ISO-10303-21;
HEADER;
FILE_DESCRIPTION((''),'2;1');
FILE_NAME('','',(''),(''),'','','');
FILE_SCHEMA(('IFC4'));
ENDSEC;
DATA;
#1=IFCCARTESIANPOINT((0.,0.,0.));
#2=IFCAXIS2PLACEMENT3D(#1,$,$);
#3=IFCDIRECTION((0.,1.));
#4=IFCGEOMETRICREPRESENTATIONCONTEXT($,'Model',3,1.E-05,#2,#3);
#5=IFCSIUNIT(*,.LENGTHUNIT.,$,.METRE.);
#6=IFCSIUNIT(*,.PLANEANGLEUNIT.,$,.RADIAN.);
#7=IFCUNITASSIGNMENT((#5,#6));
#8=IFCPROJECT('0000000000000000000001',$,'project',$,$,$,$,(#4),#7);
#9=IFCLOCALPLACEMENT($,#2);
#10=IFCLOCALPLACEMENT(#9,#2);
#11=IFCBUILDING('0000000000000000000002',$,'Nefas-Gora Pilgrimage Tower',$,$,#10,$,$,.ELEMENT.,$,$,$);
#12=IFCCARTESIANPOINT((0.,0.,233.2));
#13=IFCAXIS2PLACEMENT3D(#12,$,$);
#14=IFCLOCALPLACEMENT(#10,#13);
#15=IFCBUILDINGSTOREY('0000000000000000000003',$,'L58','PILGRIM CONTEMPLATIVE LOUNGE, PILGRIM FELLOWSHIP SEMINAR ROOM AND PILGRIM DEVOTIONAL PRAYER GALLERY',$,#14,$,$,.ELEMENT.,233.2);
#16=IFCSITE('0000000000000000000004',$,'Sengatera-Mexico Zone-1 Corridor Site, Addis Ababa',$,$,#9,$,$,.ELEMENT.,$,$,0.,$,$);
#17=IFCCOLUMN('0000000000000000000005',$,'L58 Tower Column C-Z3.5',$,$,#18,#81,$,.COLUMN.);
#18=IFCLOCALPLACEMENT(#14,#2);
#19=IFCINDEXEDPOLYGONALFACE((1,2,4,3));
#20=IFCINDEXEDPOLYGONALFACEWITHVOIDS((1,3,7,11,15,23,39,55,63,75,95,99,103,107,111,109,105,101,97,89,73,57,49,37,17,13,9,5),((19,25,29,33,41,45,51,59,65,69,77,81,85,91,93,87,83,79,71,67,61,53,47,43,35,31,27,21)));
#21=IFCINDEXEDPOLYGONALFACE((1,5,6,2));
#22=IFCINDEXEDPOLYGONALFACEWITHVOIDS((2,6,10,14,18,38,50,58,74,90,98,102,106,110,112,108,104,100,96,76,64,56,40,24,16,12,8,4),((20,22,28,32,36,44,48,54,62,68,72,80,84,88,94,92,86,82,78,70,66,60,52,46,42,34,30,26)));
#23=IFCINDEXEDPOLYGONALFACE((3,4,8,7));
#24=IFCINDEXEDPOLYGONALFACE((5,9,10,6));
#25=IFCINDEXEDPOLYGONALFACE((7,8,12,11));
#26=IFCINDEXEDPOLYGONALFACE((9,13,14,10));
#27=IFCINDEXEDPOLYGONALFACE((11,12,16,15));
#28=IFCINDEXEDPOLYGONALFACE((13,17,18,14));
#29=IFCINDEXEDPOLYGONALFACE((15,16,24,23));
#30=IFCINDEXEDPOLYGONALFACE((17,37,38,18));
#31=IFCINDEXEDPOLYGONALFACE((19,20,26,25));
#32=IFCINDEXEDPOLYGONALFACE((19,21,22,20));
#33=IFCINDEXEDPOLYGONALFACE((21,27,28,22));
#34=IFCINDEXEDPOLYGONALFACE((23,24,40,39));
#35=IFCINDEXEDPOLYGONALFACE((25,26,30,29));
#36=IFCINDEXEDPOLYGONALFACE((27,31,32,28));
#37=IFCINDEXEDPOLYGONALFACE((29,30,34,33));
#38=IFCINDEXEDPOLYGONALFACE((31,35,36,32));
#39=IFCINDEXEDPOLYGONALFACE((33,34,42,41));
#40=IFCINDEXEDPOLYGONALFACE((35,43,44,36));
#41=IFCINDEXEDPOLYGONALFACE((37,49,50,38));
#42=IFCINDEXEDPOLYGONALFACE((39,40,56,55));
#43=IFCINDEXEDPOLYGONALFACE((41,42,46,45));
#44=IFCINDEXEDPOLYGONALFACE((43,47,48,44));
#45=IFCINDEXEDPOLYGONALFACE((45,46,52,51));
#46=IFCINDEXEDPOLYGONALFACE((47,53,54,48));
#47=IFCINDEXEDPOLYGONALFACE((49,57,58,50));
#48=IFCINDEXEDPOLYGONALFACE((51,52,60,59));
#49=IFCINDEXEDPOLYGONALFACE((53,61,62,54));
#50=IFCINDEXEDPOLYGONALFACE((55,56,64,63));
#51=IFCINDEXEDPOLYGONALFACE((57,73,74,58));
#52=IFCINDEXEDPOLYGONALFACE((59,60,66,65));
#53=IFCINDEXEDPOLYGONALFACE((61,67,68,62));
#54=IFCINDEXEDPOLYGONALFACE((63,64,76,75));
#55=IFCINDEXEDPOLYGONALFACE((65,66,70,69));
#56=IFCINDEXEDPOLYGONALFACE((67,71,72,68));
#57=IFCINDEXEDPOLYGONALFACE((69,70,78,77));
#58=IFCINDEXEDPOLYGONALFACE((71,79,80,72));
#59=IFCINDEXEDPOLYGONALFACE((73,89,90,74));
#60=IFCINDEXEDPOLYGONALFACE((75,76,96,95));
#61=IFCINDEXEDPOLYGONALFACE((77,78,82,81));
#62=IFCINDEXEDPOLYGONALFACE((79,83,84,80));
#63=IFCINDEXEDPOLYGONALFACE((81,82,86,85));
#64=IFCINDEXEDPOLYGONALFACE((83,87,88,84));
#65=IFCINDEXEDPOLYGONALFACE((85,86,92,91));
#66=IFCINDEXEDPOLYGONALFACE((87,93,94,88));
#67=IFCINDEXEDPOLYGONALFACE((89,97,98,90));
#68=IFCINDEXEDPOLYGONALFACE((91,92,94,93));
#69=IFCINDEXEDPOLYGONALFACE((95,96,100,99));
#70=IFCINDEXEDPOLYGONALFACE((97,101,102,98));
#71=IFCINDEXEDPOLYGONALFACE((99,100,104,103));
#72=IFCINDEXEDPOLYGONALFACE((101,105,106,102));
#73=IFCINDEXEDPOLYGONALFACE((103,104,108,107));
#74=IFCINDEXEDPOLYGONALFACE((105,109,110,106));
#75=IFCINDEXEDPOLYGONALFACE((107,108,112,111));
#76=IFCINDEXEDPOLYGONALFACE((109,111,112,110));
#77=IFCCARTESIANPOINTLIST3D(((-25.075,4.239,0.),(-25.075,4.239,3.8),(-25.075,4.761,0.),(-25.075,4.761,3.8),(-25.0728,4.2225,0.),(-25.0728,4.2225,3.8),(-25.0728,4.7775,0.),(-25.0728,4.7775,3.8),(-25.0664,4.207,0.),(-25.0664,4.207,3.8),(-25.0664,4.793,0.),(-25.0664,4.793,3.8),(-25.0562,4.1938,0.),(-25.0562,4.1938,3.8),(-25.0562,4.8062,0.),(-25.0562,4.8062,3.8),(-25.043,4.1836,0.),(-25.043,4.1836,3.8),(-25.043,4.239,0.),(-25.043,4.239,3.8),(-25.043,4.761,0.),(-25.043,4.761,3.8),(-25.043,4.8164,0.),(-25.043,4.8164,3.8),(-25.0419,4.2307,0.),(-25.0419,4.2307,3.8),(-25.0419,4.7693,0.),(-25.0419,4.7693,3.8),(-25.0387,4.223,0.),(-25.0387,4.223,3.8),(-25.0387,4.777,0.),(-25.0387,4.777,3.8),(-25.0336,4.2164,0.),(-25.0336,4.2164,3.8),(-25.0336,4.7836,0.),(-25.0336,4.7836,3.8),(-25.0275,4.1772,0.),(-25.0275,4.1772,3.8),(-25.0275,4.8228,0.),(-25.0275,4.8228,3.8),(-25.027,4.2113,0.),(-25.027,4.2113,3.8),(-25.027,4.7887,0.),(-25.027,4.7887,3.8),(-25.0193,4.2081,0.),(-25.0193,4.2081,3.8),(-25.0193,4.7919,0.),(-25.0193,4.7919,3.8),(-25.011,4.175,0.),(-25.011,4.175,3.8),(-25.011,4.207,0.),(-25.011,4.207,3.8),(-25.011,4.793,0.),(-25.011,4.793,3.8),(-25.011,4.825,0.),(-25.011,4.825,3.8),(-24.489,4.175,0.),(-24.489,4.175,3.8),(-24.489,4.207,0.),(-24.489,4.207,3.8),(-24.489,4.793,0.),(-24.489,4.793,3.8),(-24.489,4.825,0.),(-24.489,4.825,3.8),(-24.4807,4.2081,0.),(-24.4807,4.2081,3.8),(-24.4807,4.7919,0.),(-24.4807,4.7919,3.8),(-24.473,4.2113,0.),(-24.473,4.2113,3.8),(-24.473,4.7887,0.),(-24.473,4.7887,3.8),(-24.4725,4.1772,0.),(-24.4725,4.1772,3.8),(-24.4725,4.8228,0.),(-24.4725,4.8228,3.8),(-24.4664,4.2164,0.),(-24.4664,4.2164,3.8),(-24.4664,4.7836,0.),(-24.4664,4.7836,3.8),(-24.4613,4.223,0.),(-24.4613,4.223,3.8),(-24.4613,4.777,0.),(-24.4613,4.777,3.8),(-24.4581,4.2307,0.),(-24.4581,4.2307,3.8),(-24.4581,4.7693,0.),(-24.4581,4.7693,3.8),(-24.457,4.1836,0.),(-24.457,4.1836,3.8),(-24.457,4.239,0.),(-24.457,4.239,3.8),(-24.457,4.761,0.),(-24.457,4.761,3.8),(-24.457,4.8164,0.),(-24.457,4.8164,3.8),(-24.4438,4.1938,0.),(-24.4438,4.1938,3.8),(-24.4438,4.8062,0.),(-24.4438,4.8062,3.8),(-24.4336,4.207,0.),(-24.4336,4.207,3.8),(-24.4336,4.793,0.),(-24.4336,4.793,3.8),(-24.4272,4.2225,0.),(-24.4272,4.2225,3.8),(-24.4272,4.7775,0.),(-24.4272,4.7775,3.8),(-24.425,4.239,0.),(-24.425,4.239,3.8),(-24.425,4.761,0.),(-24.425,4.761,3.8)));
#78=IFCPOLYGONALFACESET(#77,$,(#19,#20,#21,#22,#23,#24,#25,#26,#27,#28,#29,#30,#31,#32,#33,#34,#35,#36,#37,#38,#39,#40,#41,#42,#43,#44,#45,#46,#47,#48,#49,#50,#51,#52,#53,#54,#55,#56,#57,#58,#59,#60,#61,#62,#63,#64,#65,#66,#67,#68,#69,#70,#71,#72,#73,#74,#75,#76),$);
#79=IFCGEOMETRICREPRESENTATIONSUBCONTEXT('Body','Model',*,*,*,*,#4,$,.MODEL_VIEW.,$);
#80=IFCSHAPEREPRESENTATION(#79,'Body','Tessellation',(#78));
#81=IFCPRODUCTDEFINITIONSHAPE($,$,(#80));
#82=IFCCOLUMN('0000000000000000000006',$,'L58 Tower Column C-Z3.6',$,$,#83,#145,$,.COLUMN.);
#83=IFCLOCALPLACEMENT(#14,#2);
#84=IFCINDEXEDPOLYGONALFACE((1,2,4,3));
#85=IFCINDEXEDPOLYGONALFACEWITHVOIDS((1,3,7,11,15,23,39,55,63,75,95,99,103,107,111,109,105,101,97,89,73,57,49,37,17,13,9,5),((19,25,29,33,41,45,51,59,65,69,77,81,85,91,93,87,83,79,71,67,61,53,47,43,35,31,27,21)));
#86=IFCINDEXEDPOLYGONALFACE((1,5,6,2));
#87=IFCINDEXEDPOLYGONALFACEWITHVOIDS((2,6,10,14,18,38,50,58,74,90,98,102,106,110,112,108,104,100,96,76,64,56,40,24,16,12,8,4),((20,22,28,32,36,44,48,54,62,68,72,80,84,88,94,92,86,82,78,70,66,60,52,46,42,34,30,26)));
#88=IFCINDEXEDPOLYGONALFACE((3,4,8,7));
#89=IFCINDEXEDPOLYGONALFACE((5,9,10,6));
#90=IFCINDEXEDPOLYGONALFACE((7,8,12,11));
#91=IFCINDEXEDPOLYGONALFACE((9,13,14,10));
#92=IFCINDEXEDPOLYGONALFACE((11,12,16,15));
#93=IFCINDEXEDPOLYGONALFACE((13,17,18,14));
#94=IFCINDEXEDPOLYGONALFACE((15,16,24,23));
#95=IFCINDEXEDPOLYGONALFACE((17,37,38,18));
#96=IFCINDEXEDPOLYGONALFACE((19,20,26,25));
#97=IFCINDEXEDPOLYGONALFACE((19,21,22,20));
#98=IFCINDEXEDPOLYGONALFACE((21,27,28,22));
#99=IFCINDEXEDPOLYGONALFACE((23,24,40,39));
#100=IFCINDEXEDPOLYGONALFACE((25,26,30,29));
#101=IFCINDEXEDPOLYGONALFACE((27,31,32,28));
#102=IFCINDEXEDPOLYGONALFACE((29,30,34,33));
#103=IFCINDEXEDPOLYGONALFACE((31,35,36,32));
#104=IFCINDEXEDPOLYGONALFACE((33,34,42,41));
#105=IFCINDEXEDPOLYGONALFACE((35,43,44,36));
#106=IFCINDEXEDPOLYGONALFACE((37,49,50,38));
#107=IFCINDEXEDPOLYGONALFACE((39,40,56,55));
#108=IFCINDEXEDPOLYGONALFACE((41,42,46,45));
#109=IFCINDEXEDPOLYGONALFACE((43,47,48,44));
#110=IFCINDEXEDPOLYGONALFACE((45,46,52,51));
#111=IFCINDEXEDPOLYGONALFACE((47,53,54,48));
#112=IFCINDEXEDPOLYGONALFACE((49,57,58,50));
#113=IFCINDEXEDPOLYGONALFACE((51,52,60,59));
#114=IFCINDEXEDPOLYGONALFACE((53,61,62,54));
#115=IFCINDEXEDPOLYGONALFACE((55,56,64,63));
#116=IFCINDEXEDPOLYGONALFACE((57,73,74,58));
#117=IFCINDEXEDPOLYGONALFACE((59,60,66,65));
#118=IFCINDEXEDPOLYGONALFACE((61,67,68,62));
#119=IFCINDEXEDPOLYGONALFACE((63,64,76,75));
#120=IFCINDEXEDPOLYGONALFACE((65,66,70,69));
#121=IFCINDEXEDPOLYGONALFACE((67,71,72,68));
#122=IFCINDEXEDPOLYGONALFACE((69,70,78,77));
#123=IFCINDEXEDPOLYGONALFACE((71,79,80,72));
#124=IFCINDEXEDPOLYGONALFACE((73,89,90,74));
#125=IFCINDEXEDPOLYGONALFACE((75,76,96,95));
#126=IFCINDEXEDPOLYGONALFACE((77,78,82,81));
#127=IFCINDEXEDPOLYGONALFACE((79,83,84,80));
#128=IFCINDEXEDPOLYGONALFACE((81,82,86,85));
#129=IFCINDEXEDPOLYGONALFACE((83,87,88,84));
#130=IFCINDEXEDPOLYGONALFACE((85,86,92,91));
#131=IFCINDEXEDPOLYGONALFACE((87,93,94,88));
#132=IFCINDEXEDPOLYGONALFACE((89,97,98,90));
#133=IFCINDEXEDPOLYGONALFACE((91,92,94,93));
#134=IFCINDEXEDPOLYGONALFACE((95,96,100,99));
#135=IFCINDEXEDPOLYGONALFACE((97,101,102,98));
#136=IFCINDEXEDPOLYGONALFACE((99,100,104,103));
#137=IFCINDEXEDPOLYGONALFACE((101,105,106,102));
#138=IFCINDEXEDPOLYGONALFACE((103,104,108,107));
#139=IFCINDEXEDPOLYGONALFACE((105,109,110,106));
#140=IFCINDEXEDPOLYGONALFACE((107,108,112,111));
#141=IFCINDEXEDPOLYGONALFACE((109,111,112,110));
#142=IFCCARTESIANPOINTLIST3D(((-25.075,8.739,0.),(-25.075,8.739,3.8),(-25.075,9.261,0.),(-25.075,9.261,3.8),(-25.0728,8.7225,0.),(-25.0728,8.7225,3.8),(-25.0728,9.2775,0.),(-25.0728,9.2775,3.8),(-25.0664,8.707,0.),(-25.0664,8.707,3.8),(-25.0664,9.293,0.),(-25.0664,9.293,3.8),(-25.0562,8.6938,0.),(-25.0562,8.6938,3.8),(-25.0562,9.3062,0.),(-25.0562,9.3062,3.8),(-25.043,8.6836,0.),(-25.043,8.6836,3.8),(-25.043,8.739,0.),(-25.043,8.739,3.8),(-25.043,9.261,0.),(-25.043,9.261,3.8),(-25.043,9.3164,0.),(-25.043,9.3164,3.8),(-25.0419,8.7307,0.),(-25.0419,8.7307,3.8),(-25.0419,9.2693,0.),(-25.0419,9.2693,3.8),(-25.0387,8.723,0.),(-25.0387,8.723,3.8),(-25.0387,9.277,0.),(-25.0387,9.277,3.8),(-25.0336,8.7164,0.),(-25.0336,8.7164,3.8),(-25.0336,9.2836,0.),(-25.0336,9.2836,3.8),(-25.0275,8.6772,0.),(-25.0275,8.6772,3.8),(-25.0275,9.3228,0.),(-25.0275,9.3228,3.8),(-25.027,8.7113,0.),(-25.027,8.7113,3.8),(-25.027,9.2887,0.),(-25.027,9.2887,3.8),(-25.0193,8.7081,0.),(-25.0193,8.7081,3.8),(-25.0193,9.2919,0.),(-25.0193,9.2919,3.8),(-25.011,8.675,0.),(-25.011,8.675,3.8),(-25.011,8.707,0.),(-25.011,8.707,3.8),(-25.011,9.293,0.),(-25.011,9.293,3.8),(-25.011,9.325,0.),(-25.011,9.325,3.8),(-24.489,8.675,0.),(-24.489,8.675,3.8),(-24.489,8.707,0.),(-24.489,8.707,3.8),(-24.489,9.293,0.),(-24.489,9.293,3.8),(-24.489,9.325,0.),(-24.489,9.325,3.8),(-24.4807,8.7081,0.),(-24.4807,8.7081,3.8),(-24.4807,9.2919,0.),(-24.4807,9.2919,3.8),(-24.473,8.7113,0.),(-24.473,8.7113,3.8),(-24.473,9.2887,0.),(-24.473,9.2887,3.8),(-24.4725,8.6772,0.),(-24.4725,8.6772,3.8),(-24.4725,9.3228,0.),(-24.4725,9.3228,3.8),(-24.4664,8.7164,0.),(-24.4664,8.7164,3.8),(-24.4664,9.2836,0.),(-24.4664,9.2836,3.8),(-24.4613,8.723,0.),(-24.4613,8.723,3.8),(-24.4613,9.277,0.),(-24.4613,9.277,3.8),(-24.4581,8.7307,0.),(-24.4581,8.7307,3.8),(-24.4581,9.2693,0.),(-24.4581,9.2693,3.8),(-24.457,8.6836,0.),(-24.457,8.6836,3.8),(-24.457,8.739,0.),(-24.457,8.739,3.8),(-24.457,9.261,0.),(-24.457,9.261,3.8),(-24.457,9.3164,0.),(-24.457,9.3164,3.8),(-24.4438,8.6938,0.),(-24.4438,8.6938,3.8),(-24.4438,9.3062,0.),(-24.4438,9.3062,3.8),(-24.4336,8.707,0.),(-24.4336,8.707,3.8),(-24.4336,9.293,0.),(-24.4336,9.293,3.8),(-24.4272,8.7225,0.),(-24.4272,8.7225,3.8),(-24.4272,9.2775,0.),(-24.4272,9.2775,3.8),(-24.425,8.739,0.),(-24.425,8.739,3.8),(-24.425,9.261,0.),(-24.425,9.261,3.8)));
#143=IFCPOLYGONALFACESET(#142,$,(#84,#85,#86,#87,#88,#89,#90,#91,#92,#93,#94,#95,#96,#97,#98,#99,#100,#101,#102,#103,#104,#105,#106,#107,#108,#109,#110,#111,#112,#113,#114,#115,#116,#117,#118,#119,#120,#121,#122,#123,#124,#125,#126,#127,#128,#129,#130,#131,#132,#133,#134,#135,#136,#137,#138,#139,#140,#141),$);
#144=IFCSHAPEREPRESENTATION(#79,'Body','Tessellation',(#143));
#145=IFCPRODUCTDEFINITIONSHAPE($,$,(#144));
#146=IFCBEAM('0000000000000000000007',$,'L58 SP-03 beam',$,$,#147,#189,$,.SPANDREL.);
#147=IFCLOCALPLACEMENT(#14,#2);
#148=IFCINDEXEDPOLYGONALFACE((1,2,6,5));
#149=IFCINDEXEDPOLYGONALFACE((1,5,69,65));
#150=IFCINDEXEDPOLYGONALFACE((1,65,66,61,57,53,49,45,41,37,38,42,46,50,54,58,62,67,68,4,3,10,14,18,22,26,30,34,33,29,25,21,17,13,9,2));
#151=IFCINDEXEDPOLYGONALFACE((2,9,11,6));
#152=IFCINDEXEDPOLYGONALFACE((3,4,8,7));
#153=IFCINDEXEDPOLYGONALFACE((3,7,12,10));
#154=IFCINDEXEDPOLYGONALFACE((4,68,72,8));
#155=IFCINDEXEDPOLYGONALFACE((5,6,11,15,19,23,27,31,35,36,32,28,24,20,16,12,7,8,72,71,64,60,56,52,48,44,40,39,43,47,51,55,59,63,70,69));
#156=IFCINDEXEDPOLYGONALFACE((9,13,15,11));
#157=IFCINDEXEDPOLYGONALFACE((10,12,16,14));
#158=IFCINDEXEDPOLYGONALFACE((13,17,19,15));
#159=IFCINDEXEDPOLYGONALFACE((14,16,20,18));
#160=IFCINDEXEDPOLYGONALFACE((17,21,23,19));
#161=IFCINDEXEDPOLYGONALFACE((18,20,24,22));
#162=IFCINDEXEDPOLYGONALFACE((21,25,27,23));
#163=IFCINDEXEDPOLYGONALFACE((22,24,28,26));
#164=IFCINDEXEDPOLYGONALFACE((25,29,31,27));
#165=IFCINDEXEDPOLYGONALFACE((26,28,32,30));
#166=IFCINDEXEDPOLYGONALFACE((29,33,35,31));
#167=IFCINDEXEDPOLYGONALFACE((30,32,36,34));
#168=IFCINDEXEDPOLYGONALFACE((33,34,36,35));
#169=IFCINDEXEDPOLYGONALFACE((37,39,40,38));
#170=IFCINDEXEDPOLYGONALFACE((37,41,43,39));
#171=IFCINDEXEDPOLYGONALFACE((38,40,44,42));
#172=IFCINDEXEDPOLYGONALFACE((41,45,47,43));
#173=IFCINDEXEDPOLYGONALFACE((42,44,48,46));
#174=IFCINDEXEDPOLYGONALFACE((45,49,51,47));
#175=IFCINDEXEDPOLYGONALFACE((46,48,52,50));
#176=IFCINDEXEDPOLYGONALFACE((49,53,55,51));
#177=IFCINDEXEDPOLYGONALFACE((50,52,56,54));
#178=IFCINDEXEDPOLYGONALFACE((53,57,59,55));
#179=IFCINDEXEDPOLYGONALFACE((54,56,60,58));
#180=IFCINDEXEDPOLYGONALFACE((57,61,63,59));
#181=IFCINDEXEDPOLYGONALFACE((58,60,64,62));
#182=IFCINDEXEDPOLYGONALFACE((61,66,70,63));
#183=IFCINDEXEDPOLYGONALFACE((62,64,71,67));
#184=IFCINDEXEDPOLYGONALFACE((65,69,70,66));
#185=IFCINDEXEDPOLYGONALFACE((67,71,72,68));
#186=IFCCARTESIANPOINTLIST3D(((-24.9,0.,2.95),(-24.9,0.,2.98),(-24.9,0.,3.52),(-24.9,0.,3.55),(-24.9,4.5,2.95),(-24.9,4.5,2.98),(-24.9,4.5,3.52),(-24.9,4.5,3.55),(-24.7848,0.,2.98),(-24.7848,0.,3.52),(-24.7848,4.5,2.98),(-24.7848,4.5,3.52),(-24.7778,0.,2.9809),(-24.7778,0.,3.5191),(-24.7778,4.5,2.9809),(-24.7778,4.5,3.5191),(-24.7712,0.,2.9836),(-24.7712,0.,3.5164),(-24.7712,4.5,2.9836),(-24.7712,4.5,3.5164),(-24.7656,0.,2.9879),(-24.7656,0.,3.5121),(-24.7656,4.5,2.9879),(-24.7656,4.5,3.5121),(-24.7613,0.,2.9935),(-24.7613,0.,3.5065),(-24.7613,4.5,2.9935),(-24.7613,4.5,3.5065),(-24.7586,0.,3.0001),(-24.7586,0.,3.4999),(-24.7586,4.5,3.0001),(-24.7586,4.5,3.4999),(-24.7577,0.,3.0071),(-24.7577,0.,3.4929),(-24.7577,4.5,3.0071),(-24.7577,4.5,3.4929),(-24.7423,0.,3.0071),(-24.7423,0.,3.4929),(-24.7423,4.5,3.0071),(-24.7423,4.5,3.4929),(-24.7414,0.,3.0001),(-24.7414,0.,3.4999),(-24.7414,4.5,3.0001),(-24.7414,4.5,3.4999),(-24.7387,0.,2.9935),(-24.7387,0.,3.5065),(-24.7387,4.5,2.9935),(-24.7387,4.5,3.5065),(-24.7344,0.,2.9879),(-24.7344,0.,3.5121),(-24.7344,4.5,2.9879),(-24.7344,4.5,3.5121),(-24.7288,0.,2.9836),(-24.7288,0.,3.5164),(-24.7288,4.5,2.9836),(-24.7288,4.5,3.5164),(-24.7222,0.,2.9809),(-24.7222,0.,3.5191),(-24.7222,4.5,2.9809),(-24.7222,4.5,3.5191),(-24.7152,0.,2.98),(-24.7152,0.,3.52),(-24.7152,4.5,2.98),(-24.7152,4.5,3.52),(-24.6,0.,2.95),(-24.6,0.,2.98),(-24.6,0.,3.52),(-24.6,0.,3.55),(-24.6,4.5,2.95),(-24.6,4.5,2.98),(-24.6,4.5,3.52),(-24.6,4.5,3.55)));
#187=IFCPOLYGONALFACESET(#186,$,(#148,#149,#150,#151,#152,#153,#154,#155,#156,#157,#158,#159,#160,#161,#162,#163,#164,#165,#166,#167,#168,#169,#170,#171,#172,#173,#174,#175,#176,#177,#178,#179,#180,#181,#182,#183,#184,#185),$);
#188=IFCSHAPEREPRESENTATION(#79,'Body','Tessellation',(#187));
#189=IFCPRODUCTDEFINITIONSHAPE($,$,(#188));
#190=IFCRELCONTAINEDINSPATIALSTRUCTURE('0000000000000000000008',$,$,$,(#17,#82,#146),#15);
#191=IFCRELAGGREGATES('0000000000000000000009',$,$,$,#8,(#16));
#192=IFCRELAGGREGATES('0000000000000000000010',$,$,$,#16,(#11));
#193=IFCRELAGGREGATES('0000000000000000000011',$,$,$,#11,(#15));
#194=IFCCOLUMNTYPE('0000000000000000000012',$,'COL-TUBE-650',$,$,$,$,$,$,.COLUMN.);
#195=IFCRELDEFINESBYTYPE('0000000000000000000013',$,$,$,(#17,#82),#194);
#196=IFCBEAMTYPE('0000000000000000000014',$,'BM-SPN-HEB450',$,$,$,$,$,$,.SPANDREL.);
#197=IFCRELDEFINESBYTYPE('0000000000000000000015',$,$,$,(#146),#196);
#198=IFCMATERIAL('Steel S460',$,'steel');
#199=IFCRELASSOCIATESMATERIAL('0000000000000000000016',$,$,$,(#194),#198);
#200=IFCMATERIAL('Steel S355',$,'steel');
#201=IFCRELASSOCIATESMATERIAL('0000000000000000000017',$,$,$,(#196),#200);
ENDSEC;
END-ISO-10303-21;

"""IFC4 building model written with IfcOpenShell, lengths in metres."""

from ifc_helpers import new_model, si_unit, direction, frame, origin, origin_2d, place, context, subcontext, project, spatial, hollow_rectangle, i_section, extrude, source, transform, mapped, material, material_profile, profile_set, type_object, element, save


model = new_model("IFC4")

# Units and contexts
model_context = context("Model", 3, precision=1e-05, world=origin(), true_north=direction((0.0, 1.0)))
body_context = subcontext(model_context, "Body", "Model", "MODEL_VIEW")
ifc_project = project(units=[si_unit("LENGTHUNIT", "METRE"), si_unit("PLANEANGLEUNIT", "RADIAN")], contexts=[model_context])

# Site, building, storey
site_placement = place(None, origin())
site = spatial("IfcSite", under=ifc_project, at=site_placement, Name="Sengatera-Mexico Zone-1 Corridor Site, Addis Ababa", CompositionType="ELEMENT", RefElevation=0.0)
building_placement = place(site_placement, origin())
building = spatial("IfcBuilding", under=site, at=building_placement, Name="Nefas-Gora Pilgrimage Tower", CompositionType="ELEMENT")
storey_placement = place(building_placement, frame((0.0, 0.0, 233.2)))
storey = spatial("IfcBuildingStorey", under=building, at=storey_placement, Name="L58", Description="PILGRIM CONTEMPLATIVE LOUNGE, PILGRIM FELLOWSHIP SEMINAR ROOM AND PILGRIM DEVOTIONAL PRAYER GALLERY", CompositionType="ELEMENT", Elevation=233.2)

# Columns
ifc_material_1 = material(Name="Steel S460", Category="steel")
ifc_material_profile_1 = material_profile(ifc_material_1, hollow_rectangle(XDim=0.6499, YDim=0.6499, WallThickness=0.032, InnerFilletRadius=0.032, OuterFilletRadius=0.064, at=origin_2d()), Name="BOX 650x650x32")
ifc_profile_set_1 = profile_set([ifc_material_profile_1], Name="Steel S460")
column_type_1 = type_object("IfcColumnType", Name="COL-TUBE-650", PredefinedType="COLUMN", material=ifc_profile_set_1)
shared_shape_1 = source(origin(), body_context, "Body", "SweptSolid", [
    extrude(hollow_rectangle(XDim=0.6499, YDim=0.6499, WallThickness=0.032, InnerFilletRadius=0.032, OuterFilletRadius=0.064, at=origin_2d()), origin(), (0.0, 0.0, 1.0), 3.8),
])
for number, where, z_axis, x_axis, name in (
    (1, (-24.75, 4.5, 0.0), (0.0, 0.0, 1.0), (1.0, 0.0, 0.0), "L58 Tower Column C-Z3.5"),
    (2, (-24.75, 9.0, 0.0), (0.0, 0.0, 1.0), (1.0, 0.0, 0.0), "L58 Tower Column C-Z3.6"),
):
    element("IfcColumn", number, at=place(storey_placement, frame(where, z_axis=z_axis, x_axis=x_axis)), inside=storey, type_object=column_type_1, Name=name, PredefinedType="COLUMN", context=body_context, shape_type="MappedRepresentation", body=[
        mapped(shared_shape_1, transform((0.0, 0.0, 0.0), x_axis=(1.0, 0.0, 0.0), y_axis=(0.0, 1.0, 0.0), z_axis=(0.0, 0.0, 1.0), scale=1.0)),
    ])

# Beam
ifc_material_2 = material(Name="Steel S355", Category="steel")
ifc_material_profile_2 = material_profile(ifc_material_2, i_section(OverallWidth=0.3, OverallDepth=0.6001, WebThickness=0.0154, FlangeThickness=0.03, FilletRadius=0.0271, at=origin_2d()), Name="HEB 600")
ifc_profile_set_2 = profile_set([ifc_material_profile_2], Name="Steel S355")
beam_type_1 = type_object("IfcBeamType", Name="BM-SPN-HEB450", PredefinedType="SPANDREL", material=ifc_profile_set_2)
shared_shape_2 = source(origin(), body_context, "Body", "SweptSolid", [
    extrude(i_section(OverallWidth=0.3, OverallDepth=0.6001, WebThickness=0.0154, FlangeThickness=0.03, FilletRadius=0.0271, at=origin_2d()), origin(), (0.0, 0.0, 1.0), 4.5),
])
for number, where, z_axis, x_axis, name in (
    (3, (-24.75, 0.0, 3.25), (0.0, 1.0, 0.0), (-1.0, 0.0, 0.0), "L58 SP-03 beam"),
):
    element("IfcBeam", number, at=place(storey_placement, frame(where, z_axis=z_axis, x_axis=x_axis)), inside=storey, type_object=beam_type_1, Name=name, PredefinedType="SPANDREL", context=body_context, shape_type="MappedRepresentation", body=[
        mapped(shared_shape_2, transform((0.0, 0.0, 0.0), x_axis=(1.0, 0.0, 0.0), y_axis=(0.0, 1.0, 0.0), z_axis=(0.0, 0.0, 1.0), scale=1.0)),
    ])

save(model, "model.ifc")
